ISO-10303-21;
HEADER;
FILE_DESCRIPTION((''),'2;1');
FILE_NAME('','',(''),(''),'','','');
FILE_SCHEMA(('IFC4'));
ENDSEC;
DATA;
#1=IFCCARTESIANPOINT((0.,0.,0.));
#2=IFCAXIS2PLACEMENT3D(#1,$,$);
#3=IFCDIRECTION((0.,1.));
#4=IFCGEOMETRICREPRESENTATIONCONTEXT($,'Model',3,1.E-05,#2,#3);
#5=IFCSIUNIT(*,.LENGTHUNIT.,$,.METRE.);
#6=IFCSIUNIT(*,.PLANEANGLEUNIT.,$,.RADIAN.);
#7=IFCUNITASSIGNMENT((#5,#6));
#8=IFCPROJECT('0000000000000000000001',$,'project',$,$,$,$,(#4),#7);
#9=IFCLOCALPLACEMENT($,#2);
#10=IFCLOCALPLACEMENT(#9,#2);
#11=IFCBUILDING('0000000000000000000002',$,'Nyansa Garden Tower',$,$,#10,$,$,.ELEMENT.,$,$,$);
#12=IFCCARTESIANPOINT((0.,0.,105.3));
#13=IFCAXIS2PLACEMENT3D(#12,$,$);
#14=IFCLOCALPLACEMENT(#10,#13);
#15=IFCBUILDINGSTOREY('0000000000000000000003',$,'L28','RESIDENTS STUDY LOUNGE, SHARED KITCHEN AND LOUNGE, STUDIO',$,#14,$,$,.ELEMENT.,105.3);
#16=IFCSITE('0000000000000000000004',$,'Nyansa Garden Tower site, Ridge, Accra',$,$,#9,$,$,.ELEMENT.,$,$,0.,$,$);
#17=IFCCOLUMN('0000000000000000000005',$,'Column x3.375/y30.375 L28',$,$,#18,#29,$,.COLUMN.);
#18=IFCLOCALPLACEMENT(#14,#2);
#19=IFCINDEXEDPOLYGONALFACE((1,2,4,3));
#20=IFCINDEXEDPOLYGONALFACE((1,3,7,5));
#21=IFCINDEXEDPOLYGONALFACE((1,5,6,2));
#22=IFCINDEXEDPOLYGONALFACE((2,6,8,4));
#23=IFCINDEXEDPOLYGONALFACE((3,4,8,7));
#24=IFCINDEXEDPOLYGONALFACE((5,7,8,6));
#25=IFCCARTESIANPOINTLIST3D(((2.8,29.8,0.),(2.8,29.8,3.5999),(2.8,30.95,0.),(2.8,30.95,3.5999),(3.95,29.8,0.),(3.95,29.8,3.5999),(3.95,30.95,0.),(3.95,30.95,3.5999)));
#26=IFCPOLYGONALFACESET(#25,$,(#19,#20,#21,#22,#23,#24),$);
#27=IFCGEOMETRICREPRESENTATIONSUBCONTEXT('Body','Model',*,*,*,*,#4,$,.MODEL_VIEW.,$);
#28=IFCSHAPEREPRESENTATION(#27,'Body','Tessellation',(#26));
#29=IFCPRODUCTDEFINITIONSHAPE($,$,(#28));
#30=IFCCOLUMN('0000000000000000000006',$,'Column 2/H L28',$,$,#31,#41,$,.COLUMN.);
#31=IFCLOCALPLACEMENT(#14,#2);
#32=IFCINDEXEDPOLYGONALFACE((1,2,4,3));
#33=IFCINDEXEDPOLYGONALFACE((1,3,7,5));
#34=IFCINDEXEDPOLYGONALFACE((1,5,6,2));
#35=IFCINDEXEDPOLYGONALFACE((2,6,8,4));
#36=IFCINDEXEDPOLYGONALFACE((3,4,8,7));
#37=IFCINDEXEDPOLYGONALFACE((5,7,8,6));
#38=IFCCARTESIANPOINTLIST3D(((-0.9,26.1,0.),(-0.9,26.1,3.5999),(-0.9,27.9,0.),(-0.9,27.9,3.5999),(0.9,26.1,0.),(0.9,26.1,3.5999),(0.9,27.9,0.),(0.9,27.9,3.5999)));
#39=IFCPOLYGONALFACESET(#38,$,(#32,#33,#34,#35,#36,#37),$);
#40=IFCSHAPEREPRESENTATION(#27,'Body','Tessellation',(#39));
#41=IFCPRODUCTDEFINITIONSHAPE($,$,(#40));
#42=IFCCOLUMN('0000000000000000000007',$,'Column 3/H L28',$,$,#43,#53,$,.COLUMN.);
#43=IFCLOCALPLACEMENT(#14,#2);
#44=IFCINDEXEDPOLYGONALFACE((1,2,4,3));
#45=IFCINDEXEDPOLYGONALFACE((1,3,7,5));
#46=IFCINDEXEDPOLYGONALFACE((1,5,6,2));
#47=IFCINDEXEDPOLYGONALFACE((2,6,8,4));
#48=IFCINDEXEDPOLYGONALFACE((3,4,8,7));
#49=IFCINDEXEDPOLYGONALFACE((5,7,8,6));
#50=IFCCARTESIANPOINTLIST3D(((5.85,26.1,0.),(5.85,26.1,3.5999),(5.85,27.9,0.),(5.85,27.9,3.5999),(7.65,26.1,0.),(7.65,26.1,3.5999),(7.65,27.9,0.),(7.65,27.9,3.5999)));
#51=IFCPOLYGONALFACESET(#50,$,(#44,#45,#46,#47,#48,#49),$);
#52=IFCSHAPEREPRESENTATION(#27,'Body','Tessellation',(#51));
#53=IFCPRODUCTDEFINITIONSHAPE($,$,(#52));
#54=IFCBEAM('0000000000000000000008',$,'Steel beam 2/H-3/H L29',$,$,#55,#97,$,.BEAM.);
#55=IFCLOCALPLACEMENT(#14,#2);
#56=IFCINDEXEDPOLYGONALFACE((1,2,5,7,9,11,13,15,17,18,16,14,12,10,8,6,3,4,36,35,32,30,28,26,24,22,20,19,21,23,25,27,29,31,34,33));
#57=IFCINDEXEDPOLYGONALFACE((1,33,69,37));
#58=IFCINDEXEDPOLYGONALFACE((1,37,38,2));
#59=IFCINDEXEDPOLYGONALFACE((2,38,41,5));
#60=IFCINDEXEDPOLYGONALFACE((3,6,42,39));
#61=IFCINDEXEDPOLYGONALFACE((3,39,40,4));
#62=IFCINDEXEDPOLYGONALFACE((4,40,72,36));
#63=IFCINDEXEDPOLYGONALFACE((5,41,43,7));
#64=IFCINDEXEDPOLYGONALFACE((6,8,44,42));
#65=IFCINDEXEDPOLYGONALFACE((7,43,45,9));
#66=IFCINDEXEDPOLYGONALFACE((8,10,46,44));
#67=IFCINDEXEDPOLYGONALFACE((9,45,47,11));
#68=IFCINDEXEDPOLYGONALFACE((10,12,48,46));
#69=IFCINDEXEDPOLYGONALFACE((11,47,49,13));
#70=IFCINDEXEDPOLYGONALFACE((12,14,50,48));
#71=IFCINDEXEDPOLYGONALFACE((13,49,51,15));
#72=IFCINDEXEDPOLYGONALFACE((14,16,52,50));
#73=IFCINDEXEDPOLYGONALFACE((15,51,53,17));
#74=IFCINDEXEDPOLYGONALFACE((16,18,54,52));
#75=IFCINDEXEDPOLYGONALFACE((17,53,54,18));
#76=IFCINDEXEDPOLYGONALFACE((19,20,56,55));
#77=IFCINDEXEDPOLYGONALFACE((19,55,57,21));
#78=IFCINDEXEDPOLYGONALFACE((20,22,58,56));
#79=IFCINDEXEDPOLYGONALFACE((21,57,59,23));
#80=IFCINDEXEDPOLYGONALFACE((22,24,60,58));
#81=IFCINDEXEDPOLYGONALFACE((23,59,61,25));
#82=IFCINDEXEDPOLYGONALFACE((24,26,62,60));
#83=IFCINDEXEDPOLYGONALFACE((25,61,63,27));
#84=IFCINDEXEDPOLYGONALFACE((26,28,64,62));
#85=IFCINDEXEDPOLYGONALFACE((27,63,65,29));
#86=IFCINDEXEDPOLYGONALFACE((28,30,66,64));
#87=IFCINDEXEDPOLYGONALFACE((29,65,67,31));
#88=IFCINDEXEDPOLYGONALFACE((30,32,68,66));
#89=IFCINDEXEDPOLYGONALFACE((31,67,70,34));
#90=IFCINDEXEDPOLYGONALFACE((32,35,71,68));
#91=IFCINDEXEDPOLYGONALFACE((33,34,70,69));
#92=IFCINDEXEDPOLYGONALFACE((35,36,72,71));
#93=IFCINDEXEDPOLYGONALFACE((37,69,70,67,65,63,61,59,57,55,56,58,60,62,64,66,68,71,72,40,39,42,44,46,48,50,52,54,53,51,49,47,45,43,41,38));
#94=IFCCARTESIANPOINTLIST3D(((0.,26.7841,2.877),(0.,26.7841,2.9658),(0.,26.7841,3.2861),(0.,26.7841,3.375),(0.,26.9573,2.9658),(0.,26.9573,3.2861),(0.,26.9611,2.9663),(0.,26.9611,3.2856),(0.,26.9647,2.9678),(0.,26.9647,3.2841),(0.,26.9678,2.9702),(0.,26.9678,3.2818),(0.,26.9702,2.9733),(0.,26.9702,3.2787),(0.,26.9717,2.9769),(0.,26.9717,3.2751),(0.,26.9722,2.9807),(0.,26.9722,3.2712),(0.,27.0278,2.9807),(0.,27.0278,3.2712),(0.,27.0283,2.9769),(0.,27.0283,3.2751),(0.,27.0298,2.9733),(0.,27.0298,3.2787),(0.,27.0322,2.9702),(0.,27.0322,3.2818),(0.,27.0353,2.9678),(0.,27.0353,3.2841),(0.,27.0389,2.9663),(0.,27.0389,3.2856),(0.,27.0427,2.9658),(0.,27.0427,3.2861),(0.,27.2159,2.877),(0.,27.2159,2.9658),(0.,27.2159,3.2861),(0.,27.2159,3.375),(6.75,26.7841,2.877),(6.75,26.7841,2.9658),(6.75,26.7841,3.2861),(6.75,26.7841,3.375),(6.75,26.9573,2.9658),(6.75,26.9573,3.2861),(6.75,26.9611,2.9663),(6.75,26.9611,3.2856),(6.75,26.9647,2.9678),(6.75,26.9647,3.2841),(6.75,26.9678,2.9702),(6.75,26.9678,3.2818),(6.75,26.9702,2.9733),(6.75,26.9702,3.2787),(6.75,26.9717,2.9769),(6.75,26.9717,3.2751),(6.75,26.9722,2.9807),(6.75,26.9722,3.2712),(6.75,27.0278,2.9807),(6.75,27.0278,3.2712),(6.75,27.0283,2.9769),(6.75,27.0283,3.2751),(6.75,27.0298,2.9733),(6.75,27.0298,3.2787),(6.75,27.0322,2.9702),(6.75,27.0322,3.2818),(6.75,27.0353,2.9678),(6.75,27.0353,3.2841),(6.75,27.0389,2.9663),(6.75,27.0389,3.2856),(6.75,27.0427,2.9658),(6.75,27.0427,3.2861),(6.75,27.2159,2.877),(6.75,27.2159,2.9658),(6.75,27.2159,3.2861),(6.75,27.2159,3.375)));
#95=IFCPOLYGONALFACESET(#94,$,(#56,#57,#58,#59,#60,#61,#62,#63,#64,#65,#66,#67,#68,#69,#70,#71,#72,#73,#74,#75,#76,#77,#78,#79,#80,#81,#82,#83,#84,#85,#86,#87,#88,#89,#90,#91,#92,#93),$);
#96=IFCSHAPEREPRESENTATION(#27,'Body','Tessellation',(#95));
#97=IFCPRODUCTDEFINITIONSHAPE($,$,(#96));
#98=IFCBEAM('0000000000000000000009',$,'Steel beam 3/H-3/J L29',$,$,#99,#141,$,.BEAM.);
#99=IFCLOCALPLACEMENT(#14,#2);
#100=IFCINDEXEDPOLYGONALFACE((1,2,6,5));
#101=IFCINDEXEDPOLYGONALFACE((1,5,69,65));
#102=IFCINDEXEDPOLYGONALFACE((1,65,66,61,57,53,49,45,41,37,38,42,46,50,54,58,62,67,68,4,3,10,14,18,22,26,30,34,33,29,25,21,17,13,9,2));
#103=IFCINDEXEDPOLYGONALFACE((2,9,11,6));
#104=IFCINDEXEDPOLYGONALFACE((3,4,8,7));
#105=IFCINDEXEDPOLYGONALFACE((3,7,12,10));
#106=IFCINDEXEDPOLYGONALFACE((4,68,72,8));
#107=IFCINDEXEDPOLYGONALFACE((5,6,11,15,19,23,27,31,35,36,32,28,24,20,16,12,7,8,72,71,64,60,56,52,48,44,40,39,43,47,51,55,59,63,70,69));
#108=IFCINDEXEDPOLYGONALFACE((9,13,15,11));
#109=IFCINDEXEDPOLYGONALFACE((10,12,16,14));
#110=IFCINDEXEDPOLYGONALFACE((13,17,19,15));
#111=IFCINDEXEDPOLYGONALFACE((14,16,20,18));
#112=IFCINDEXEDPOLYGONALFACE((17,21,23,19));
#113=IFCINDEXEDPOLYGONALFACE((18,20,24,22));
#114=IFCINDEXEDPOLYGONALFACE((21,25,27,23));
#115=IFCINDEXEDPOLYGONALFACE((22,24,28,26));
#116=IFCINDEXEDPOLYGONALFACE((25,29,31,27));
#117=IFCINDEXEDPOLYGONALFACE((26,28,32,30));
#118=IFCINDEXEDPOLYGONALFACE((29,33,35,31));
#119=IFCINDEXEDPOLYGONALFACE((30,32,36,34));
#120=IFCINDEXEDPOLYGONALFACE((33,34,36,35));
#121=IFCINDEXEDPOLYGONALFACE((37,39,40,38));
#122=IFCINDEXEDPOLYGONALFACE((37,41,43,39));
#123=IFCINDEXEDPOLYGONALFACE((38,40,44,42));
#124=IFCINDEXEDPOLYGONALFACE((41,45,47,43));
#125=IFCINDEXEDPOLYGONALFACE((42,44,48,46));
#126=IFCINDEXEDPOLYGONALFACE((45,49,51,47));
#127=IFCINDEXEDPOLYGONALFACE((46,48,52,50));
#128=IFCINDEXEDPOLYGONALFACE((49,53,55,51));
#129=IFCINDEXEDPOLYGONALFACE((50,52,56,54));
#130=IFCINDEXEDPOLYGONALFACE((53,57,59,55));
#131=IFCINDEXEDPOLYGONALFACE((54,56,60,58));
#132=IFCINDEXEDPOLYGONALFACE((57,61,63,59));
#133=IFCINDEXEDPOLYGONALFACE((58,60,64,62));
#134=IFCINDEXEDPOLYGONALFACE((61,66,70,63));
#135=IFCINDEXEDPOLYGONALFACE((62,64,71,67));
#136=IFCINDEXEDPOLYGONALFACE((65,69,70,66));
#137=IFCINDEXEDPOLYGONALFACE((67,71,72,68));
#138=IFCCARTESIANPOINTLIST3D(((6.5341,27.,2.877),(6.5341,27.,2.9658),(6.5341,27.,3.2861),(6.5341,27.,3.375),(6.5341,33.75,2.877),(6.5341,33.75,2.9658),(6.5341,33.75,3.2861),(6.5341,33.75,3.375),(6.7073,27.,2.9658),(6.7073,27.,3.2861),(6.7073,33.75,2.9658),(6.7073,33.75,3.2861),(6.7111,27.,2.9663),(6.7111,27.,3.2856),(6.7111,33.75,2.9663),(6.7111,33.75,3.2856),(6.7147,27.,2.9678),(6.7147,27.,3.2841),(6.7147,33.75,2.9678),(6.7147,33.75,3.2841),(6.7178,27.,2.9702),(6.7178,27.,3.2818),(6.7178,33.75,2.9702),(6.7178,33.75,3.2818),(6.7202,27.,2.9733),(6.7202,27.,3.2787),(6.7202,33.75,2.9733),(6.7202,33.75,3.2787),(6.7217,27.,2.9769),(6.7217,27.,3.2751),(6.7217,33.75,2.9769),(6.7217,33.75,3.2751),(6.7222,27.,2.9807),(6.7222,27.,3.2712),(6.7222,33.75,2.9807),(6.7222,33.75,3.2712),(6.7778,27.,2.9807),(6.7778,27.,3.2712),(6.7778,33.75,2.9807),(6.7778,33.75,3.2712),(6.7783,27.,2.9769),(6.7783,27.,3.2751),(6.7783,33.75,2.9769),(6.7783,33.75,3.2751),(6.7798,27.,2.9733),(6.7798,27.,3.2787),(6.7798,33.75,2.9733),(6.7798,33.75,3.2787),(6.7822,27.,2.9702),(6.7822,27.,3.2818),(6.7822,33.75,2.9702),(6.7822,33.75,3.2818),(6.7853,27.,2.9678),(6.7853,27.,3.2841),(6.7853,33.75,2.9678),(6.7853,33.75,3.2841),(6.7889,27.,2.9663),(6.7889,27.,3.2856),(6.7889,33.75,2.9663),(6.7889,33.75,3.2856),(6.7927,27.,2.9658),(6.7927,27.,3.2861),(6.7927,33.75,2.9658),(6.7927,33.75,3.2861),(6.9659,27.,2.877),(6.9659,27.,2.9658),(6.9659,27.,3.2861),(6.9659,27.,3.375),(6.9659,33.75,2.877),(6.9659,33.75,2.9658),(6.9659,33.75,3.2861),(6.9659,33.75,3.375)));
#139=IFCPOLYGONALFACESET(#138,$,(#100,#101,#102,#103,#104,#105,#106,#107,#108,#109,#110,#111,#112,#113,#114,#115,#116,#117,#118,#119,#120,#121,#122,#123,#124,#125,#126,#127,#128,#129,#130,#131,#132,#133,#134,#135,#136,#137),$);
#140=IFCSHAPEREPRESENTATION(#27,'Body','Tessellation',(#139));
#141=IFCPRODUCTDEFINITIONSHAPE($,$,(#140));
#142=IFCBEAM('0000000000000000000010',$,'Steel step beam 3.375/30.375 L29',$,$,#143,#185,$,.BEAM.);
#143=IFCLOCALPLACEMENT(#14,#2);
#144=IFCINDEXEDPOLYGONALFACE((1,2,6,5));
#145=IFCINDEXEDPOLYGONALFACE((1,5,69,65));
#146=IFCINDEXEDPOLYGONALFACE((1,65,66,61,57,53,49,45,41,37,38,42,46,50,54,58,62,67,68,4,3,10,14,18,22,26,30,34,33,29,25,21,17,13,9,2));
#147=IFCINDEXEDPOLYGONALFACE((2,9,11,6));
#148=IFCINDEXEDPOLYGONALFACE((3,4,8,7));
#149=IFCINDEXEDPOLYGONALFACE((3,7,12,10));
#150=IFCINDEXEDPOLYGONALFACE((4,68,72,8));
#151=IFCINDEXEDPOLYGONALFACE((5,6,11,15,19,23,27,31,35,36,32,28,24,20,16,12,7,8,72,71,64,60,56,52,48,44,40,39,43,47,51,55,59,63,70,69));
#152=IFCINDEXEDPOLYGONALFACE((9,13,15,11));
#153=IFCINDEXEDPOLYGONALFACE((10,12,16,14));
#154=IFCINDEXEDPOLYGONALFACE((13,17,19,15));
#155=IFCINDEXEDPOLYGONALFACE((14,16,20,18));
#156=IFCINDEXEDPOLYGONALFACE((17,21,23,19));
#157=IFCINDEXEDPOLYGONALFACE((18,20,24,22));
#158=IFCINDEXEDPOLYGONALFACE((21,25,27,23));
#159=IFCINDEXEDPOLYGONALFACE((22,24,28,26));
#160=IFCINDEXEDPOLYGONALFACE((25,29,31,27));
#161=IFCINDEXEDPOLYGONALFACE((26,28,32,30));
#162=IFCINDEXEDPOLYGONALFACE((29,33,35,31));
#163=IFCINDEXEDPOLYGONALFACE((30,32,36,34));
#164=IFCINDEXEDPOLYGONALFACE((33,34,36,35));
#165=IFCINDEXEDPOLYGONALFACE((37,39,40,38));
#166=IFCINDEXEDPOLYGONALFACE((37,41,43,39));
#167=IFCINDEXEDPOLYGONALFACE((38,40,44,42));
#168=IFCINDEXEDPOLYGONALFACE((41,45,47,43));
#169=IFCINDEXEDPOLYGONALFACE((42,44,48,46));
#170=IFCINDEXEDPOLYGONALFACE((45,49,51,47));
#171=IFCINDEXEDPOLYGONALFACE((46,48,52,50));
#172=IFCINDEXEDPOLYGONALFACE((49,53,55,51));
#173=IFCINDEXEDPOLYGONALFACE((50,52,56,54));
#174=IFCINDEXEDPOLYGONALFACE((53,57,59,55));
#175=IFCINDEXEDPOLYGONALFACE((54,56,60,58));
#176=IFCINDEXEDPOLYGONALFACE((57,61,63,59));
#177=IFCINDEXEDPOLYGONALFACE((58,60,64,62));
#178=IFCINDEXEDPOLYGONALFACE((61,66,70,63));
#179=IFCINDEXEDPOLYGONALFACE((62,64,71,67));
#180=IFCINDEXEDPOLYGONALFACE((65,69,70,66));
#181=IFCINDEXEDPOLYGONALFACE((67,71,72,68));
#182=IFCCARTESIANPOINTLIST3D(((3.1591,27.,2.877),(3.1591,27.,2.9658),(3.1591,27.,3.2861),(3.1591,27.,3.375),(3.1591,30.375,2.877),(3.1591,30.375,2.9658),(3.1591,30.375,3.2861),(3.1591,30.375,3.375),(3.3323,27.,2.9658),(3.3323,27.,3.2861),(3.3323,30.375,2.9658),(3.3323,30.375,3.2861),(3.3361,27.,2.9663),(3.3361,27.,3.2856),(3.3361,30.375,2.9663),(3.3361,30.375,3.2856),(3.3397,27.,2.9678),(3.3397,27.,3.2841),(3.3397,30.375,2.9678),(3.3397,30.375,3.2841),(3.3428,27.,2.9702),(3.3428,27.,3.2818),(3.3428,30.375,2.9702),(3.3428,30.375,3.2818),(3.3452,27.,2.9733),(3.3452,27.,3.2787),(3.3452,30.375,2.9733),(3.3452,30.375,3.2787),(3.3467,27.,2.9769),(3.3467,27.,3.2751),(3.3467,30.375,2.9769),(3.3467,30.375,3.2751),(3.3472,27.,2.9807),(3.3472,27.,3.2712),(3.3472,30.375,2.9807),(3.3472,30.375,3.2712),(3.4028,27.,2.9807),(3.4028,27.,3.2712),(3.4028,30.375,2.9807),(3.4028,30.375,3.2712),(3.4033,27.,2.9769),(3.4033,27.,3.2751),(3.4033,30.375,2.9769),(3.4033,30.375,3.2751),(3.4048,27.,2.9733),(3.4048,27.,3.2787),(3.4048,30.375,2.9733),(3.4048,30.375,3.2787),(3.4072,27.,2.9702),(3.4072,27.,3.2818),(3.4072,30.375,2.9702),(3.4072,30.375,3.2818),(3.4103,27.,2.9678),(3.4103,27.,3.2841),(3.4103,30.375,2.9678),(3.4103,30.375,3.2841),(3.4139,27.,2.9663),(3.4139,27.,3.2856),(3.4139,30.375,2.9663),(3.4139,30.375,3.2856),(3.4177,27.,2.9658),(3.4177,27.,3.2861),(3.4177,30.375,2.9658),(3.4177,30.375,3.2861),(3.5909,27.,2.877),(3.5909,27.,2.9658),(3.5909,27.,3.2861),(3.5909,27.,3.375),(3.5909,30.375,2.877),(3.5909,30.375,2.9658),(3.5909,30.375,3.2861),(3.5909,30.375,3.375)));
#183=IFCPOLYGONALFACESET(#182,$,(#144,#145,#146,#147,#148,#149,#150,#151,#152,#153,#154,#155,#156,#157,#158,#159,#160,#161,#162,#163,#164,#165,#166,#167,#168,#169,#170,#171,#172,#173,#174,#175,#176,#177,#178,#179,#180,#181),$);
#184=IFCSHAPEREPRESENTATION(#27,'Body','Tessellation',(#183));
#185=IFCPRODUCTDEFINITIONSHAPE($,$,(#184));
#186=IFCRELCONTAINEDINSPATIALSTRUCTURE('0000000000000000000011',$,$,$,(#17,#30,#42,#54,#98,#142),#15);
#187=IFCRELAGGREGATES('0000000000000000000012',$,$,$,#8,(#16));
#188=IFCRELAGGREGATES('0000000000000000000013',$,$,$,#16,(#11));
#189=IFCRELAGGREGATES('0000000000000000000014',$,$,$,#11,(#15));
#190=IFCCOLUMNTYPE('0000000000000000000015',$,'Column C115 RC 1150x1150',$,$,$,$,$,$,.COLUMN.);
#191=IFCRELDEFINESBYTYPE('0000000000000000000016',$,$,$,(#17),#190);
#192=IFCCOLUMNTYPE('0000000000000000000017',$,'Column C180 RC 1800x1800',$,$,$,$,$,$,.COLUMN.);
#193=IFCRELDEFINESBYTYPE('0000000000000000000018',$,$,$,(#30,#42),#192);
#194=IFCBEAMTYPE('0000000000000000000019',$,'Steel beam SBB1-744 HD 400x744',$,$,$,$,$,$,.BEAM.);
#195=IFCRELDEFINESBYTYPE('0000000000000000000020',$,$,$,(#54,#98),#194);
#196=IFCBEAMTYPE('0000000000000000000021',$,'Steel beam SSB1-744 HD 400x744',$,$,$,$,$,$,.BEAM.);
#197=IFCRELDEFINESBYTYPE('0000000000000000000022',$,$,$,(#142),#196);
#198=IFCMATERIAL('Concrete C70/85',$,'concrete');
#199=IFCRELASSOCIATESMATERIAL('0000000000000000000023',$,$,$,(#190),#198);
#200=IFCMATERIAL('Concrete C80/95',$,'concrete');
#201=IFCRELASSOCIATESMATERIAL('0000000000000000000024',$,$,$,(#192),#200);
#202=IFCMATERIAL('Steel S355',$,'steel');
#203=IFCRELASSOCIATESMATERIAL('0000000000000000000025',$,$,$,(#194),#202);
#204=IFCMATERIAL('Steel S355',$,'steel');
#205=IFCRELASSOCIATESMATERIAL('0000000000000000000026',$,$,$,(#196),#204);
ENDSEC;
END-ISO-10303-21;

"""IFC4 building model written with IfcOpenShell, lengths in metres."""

from ifc_helpers import new_model, si_unit, direction, frame, origin, origin_2d, place, context, subcontext, project, spatial, rectangle, i_section, extrude, material, material_profile, profile_set, type_object, element, save


model = new_model("IFC4")

# Units and contexts
model_context = context("Model", 3, precision=1e-05, world=origin(), true_north=direction((0.0, 1.0)))
body_context = subcontext(model_context, "Body", "Model", "MODEL_VIEW")
ifc_project = project(units=[si_unit("LENGTHUNIT", "METRE"), si_unit("PLANEANGLEUNIT", "RADIAN")], contexts=[model_context])

# Site, building, storey
site_placement = place(None, origin())
site = spatial("IfcSite", under=ifc_project, at=site_placement, Name="Nyansa Garden Tower site, Ridge, Accra", CompositionType="ELEMENT", RefElevation=0.0)
building_placement = place(site_placement, origin())
building = spatial("IfcBuilding", under=site, at=building_placement, Name="Nyansa Garden Tower", CompositionType="ELEMENT")
storey_placement = place(building_placement, frame((0.0, 0.0, 105.3)))
storey = spatial("IfcBuildingStorey", under=building, at=storey_placement, Name="L28", Description="RESIDENTS STUDY LOUNGE, SHARED KITCHEN AND LOUNGE, STUDIO", CompositionType="ELEMENT", Elevation=105.3)

# Columns
ifc_material_1 = material(Name="Concrete C70/85", Category="concrete")
ifc_material_profile_1 = material_profile(ifc_material_1, rectangle(XDim=1.1499, YDim=1.1499, at=origin_2d()), Name="RC 1150x1150")
ifc_profile_set_1 = profile_set([ifc_material_profile_1], Name="Concrete C70/85")
column_type_1 = type_object("IfcColumnType", Name="Column C115 RC 1150x1150", PredefinedType="COLUMN", material=ifc_profile_set_1)
column_placement = place(storey_placement, frame((3.375, 30.375, 0.0), z_axis=(0.0, 0.0, 1.0), x_axis=(1.0, 0.0, 0.0)))
element("IfcColumn", 1, at=column_placement, inside=storey, type_object=column_type_1, Name="Column x3.375/y30.375 L28", PredefinedType="COLUMN", context=body_context, shape_type="SweptSolid", body=[
    extrude(rectangle(XDim=1.1499, YDim=1.1499, at=origin_2d()), origin(), (0.0, 0.0, 1.0), 3.5999),
])
ifc_material_2 = material(Name="Concrete C80/95", Category="concrete")
ifc_material_profile_2 = material_profile(ifc_material_2, rectangle(XDim=1.8, YDim=1.8, at=origin_2d()), Name="RC 1800x1800")
ifc_profile_set_2 = profile_set([ifc_material_profile_2], Name="Concrete C80/95")
column_type_2 = type_object("IfcColumnType", Name="Column C180 RC 1800x1800", PredefinedType="COLUMN", material=ifc_profile_set_2)
for number, where, z_axis, x_axis, name in (
    (2, (0.0, 27.0, 0.0), (0.0, 0.0, 1.0), (1.0, 0.0, 0.0), "Column 2/H L28"),
    (3, (6.75, 27.0, 0.0), (0.0, 0.0, 1.0), (1.0, 0.0, 0.0), "Column 3/H L28"),
):
    element("IfcColumn", number, at=place(storey_placement, frame(where, z_axis=z_axis, x_axis=x_axis)), inside=storey, type_object=column_type_2, Name=name, PredefinedType="COLUMN", context=body_context, shape_type="SweptSolid", body=[
        extrude(rectangle(XDim=1.8, YDim=1.8, at=origin_2d()), origin(), (0.0, 0.0, 1.0), 3.5999),
    ])

# Beams
ifc_material_3 = material(Name="Steel S355", Category="steel")
ifc_material_profile_3 = material_profile(ifc_material_3, i_section(OverallWidth=0.4319, OverallDepth=0.498, WebThickness=0.0557, FlangeThickness=0.0889, FilletRadius=0.0149, at=origin_2d()), Name="HD 400x744")
ifc_profile_set_3 = profile_set([ifc_material_profile_3], Name="Steel S355")
beam_type_1 = type_object("IfcBeamType", Name="Steel beam SBB1-744 HD 400x744", PredefinedType="BEAM", material=ifc_profile_set_3)
for number, where, z_axis, x_axis, name in (
    (4, (0.0, 27.0, 3.126), (1.0, 0.0, 0.0), (0.0, 1.0, 0.0), "Steel beam 2/H-3/H L29"),
    (5, (6.75, 27.0, 3.126), (0.0, 1.0, 0.0), (-1.0, 0.0, 0.0), "Steel beam 3/H-3/J L29"),
):
    element("IfcBeam", number, at=place(storey_placement, frame(where, z_axis=z_axis, x_axis=x_axis)), inside=storey, type_object=beam_type_1, Name=name, PredefinedType="BEAM", context=body_context, shape_type="SweptSolid", body=[
        extrude(i_section(OverallWidth=0.4319, OverallDepth=0.498, WebThickness=0.0557, FlangeThickness=0.0889, FilletRadius=0.0149, at=origin_2d()), origin(), (0.0, 0.0, 1.0), 6.75),
    ])
ifc_material_4 = material(Name="Steel S355", Category="steel")
ifc_material_profile_4 = material_profile(ifc_material_4, i_section(OverallWidth=0.4319, OverallDepth=0.498, WebThickness=0.0557, FlangeThickness=0.0889, FilletRadius=0.0149, at=origin_2d()), Name="HD 400x744")
ifc_profile_set_4 = profile_set([ifc_material_profile_4], Name="Steel S355")
beam_type_2 = type_object("IfcBeamType", Name="Steel beam SSB1-744 HD 400x744", PredefinedType="BEAM", material=ifc_profile_set_4)
for number, where, z_axis, x_axis, name in (
    (6, (3.375, 30.375, 3.126), (0.0, -1.0, 0.0), (1.0, 0.0, 0.0), "Steel step beam 3.375/30.375 L29"),
):
    element("IfcBeam", number, at=place(storey_placement, frame(where, z_axis=z_axis, x_axis=x_axis)), inside=storey, type_object=beam_type_2, Name=name, PredefinedType="BEAM", context=body_context, shape_type="SweptSolid", body=[
        extrude(i_section(OverallWidth=0.4319, OverallDepth=0.498, WebThickness=0.0557, FlangeThickness=0.0889, FilletRadius=0.0149, at=origin_2d()), origin(), (0.0, 0.0, 1.0), 3.375),
    ])

save(model, "model.ifc")
